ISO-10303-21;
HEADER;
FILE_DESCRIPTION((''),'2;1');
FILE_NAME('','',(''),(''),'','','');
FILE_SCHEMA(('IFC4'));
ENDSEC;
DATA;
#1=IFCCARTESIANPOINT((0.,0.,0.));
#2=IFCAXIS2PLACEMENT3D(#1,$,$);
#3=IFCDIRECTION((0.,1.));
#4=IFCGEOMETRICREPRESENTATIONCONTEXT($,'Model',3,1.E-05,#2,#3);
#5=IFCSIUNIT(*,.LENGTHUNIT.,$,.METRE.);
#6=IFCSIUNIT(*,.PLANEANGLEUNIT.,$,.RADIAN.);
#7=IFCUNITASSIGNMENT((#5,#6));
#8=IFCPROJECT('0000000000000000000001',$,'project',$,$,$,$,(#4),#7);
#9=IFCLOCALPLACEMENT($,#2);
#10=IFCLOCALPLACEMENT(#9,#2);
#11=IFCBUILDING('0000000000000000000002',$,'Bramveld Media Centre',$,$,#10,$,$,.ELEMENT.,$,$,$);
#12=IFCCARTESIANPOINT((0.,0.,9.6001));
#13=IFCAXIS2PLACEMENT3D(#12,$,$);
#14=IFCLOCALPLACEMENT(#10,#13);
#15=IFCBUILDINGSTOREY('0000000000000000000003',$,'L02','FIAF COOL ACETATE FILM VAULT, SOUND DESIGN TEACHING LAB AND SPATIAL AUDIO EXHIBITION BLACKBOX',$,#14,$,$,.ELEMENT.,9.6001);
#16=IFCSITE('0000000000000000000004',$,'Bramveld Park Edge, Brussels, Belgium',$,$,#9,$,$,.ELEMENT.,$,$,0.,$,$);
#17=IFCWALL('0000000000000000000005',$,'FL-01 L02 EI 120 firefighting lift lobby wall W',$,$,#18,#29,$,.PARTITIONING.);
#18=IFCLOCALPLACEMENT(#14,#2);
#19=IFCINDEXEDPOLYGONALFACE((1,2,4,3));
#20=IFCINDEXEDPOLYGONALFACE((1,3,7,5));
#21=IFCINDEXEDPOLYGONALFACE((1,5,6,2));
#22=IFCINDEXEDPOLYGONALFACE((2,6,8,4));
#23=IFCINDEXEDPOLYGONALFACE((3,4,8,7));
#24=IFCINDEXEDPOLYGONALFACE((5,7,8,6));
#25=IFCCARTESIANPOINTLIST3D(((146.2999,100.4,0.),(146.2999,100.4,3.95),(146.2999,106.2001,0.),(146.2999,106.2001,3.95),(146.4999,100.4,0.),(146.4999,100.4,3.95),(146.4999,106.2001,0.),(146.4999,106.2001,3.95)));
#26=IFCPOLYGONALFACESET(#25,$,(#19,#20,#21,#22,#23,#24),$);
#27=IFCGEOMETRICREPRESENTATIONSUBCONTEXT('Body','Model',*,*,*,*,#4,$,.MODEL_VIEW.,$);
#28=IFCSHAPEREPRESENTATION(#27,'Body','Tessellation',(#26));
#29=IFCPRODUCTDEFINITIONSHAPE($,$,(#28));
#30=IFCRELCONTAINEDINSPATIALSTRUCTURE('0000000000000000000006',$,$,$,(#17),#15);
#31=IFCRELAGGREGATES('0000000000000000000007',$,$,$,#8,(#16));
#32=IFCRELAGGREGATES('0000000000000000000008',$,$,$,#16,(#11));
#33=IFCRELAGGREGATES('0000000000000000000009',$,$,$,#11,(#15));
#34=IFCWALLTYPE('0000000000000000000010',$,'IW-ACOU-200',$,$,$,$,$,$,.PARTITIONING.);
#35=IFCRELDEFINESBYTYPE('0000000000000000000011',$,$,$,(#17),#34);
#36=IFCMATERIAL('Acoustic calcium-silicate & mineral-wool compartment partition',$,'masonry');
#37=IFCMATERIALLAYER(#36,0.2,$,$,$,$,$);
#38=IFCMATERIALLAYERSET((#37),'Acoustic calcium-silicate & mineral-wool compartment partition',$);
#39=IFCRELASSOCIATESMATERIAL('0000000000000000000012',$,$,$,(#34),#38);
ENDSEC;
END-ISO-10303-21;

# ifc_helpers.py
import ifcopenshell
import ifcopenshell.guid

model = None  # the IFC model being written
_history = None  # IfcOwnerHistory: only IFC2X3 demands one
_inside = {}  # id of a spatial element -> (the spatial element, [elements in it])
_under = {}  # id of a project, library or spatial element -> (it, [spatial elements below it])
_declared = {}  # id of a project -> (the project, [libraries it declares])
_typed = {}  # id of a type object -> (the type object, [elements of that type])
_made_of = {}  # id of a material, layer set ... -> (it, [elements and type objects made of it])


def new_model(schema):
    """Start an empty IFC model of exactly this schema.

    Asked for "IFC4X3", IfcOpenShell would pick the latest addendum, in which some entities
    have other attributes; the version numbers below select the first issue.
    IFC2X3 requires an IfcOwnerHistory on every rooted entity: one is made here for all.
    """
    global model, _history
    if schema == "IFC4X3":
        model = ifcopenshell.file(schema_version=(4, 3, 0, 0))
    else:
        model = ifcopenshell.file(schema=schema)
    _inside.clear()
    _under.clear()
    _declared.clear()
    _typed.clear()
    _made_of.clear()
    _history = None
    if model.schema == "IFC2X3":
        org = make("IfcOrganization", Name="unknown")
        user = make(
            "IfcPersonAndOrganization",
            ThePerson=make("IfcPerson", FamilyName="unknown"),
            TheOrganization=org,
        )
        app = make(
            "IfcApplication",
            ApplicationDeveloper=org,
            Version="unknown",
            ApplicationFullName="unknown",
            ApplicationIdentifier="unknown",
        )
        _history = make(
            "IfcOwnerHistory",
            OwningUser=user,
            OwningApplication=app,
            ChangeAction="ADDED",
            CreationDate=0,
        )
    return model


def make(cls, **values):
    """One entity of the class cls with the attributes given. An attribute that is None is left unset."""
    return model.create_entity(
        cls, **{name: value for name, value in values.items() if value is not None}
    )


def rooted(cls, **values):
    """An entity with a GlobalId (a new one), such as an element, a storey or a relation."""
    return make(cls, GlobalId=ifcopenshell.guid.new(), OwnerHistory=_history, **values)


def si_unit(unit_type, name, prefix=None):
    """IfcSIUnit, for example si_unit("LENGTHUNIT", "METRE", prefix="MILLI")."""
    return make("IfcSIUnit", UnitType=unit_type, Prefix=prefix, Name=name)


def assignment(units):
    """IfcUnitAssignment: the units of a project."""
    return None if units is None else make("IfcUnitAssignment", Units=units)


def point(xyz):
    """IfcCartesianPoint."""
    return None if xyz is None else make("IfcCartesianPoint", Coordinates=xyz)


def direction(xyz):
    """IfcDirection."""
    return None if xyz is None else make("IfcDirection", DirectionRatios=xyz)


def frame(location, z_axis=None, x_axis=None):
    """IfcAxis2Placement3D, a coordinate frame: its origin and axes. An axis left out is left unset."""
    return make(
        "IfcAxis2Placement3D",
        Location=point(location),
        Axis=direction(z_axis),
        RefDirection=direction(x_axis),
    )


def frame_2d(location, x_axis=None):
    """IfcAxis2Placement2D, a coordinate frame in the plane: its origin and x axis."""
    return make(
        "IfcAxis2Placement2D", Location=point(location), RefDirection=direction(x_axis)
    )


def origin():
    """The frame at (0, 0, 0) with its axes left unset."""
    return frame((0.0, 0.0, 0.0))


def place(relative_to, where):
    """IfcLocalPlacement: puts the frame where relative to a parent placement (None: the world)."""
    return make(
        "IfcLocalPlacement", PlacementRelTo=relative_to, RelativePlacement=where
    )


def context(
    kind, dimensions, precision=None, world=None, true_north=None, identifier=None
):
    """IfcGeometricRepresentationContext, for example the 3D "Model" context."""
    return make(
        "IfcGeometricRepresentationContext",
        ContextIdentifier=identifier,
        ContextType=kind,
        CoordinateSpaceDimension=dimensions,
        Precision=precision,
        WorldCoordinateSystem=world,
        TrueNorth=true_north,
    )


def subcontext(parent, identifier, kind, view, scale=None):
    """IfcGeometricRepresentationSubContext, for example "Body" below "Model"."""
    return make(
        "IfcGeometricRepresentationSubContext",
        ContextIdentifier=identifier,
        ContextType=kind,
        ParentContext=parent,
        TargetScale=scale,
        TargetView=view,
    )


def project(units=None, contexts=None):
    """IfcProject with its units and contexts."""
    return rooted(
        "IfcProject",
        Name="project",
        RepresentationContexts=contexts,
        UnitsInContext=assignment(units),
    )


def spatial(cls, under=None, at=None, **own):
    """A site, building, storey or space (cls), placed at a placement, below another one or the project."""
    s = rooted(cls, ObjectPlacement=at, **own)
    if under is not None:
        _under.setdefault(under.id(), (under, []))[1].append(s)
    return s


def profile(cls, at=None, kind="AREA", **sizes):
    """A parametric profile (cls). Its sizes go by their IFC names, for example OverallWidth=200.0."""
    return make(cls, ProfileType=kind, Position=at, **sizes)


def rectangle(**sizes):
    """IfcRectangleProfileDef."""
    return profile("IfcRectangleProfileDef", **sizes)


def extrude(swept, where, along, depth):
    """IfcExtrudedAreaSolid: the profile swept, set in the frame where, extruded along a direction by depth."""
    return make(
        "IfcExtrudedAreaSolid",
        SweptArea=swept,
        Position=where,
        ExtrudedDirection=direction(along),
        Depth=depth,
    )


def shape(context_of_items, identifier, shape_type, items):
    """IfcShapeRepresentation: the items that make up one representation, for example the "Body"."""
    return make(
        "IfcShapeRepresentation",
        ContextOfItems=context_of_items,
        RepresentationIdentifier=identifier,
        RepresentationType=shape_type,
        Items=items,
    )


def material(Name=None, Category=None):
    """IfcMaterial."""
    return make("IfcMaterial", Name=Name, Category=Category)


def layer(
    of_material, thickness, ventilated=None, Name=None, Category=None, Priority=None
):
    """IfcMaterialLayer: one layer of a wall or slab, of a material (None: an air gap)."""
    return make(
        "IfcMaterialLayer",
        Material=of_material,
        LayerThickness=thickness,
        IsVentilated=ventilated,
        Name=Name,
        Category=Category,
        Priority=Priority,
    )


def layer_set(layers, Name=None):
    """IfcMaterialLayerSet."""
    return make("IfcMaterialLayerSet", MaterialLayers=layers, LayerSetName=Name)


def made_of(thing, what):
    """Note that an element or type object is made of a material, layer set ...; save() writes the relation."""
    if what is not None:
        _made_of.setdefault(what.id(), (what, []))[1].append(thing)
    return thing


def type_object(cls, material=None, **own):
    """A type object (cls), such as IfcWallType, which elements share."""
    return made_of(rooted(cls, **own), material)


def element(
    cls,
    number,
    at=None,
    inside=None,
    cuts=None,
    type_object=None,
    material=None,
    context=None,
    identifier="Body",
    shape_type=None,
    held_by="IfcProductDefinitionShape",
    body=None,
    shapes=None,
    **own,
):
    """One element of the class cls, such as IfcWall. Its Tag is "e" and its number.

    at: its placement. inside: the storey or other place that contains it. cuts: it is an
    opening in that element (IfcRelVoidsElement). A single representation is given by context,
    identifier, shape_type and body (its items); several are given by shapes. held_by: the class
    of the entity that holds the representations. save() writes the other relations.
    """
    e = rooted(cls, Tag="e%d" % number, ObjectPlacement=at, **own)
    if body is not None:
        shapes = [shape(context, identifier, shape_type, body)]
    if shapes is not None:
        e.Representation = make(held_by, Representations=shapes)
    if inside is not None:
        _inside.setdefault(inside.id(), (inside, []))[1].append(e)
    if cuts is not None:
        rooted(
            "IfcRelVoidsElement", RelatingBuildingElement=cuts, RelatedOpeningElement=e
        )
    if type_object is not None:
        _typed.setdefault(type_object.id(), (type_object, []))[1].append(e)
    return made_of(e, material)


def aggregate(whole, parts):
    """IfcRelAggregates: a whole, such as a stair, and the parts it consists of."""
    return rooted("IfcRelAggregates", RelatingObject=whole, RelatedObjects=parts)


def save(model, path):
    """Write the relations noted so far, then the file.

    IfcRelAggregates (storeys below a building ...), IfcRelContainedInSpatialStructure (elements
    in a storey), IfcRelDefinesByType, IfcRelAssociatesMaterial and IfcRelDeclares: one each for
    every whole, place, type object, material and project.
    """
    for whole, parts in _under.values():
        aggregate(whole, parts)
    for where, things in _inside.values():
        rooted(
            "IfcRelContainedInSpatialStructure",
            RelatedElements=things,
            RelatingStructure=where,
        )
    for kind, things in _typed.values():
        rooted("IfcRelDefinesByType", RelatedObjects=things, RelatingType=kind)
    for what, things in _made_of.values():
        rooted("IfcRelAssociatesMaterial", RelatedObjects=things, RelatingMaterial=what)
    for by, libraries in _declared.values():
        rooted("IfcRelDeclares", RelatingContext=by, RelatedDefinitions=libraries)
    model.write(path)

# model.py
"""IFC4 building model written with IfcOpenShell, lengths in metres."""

from ifc_helpers import new_model, si_unit, direction, frame, frame_2d, origin, place, context, subcontext, project, spatial, rectangle, extrude, material, layer, layer_set, type_object, element, save


model = new_model("IFC4")

# Units and contexts
model_context = context("Model", 3, precision=1e-05, world=origin(), true_north=direction((0.0, 1.0)))
body_context = subcontext(model_context, "Body", "Model", "MODEL_VIEW")
ifc_project = project(units=[si_unit("LENGTHUNIT", "METRE"), si_unit("PLANEANGLEUNIT", "RADIAN")], contexts=[model_context])

# Site, building, storey
site_placement = place(None, origin())
site = spatial("IfcSite", under=ifc_project, at=site_placement, Name="Bramveld Park Edge, Brussels, Belgium", CompositionType="ELEMENT", RefElevation=0.0)
building_placement = place(site_placement, origin())
building = spatial("IfcBuilding", under=site, at=building_placement, Name="Bramveld Media Centre", CompositionType="ELEMENT")
storey_placement = place(building_placement, frame((0.0, 0.0, 9.6001)))
storey = spatial("IfcBuildingStorey", under=building, at=storey_placement, Name="L02", Description="FIAF COOL ACETATE FILM VAULT, SOUND DESIGN TEACHING LAB AND SPATIAL AUDIO EXHIBITION BLACKBOX", CompositionType="ELEMENT", Elevation=9.6001)

# Wall
ifc_material_1 = material(Name="Acoustic calcium-silicate & mineral-wool compartment partition", Category="masonry")
ifc_layer_1 = layer(ifc_material_1, 0.2)
ifc_layer_set_1 = layer_set([ifc_layer_1], Name="Acoustic calcium-silicate & mineral-wool compartment partition")
wall_type_1 = type_object("IfcWallType", Name="IW-ACOU-200", PredefinedType="PARTITIONING", material=ifc_layer_set_1)
wall_1_placement = place(storey_placement, frame((146.3999, 106.2, 0.0), z_axis=(0.0, 0.0, 1.0), x_axis=(0.0, -1.0, 0.0)))
element("IfcWall", 1, at=wall_1_placement, inside=storey, type_object=wall_type_1, Name="FL-01 L02 EI 120 firefighting lift lobby wall W", PredefinedType="PARTITIONING", context=body_context, shape_type="SweptSolid", body=[
    extrude(rectangle(XDim=5.8, YDim=0.2, at=frame_2d((2.8999, 0.0))), origin(), (0.0, 0.0, 1.0), 3.95),
])

save(model, "model.ifc")
